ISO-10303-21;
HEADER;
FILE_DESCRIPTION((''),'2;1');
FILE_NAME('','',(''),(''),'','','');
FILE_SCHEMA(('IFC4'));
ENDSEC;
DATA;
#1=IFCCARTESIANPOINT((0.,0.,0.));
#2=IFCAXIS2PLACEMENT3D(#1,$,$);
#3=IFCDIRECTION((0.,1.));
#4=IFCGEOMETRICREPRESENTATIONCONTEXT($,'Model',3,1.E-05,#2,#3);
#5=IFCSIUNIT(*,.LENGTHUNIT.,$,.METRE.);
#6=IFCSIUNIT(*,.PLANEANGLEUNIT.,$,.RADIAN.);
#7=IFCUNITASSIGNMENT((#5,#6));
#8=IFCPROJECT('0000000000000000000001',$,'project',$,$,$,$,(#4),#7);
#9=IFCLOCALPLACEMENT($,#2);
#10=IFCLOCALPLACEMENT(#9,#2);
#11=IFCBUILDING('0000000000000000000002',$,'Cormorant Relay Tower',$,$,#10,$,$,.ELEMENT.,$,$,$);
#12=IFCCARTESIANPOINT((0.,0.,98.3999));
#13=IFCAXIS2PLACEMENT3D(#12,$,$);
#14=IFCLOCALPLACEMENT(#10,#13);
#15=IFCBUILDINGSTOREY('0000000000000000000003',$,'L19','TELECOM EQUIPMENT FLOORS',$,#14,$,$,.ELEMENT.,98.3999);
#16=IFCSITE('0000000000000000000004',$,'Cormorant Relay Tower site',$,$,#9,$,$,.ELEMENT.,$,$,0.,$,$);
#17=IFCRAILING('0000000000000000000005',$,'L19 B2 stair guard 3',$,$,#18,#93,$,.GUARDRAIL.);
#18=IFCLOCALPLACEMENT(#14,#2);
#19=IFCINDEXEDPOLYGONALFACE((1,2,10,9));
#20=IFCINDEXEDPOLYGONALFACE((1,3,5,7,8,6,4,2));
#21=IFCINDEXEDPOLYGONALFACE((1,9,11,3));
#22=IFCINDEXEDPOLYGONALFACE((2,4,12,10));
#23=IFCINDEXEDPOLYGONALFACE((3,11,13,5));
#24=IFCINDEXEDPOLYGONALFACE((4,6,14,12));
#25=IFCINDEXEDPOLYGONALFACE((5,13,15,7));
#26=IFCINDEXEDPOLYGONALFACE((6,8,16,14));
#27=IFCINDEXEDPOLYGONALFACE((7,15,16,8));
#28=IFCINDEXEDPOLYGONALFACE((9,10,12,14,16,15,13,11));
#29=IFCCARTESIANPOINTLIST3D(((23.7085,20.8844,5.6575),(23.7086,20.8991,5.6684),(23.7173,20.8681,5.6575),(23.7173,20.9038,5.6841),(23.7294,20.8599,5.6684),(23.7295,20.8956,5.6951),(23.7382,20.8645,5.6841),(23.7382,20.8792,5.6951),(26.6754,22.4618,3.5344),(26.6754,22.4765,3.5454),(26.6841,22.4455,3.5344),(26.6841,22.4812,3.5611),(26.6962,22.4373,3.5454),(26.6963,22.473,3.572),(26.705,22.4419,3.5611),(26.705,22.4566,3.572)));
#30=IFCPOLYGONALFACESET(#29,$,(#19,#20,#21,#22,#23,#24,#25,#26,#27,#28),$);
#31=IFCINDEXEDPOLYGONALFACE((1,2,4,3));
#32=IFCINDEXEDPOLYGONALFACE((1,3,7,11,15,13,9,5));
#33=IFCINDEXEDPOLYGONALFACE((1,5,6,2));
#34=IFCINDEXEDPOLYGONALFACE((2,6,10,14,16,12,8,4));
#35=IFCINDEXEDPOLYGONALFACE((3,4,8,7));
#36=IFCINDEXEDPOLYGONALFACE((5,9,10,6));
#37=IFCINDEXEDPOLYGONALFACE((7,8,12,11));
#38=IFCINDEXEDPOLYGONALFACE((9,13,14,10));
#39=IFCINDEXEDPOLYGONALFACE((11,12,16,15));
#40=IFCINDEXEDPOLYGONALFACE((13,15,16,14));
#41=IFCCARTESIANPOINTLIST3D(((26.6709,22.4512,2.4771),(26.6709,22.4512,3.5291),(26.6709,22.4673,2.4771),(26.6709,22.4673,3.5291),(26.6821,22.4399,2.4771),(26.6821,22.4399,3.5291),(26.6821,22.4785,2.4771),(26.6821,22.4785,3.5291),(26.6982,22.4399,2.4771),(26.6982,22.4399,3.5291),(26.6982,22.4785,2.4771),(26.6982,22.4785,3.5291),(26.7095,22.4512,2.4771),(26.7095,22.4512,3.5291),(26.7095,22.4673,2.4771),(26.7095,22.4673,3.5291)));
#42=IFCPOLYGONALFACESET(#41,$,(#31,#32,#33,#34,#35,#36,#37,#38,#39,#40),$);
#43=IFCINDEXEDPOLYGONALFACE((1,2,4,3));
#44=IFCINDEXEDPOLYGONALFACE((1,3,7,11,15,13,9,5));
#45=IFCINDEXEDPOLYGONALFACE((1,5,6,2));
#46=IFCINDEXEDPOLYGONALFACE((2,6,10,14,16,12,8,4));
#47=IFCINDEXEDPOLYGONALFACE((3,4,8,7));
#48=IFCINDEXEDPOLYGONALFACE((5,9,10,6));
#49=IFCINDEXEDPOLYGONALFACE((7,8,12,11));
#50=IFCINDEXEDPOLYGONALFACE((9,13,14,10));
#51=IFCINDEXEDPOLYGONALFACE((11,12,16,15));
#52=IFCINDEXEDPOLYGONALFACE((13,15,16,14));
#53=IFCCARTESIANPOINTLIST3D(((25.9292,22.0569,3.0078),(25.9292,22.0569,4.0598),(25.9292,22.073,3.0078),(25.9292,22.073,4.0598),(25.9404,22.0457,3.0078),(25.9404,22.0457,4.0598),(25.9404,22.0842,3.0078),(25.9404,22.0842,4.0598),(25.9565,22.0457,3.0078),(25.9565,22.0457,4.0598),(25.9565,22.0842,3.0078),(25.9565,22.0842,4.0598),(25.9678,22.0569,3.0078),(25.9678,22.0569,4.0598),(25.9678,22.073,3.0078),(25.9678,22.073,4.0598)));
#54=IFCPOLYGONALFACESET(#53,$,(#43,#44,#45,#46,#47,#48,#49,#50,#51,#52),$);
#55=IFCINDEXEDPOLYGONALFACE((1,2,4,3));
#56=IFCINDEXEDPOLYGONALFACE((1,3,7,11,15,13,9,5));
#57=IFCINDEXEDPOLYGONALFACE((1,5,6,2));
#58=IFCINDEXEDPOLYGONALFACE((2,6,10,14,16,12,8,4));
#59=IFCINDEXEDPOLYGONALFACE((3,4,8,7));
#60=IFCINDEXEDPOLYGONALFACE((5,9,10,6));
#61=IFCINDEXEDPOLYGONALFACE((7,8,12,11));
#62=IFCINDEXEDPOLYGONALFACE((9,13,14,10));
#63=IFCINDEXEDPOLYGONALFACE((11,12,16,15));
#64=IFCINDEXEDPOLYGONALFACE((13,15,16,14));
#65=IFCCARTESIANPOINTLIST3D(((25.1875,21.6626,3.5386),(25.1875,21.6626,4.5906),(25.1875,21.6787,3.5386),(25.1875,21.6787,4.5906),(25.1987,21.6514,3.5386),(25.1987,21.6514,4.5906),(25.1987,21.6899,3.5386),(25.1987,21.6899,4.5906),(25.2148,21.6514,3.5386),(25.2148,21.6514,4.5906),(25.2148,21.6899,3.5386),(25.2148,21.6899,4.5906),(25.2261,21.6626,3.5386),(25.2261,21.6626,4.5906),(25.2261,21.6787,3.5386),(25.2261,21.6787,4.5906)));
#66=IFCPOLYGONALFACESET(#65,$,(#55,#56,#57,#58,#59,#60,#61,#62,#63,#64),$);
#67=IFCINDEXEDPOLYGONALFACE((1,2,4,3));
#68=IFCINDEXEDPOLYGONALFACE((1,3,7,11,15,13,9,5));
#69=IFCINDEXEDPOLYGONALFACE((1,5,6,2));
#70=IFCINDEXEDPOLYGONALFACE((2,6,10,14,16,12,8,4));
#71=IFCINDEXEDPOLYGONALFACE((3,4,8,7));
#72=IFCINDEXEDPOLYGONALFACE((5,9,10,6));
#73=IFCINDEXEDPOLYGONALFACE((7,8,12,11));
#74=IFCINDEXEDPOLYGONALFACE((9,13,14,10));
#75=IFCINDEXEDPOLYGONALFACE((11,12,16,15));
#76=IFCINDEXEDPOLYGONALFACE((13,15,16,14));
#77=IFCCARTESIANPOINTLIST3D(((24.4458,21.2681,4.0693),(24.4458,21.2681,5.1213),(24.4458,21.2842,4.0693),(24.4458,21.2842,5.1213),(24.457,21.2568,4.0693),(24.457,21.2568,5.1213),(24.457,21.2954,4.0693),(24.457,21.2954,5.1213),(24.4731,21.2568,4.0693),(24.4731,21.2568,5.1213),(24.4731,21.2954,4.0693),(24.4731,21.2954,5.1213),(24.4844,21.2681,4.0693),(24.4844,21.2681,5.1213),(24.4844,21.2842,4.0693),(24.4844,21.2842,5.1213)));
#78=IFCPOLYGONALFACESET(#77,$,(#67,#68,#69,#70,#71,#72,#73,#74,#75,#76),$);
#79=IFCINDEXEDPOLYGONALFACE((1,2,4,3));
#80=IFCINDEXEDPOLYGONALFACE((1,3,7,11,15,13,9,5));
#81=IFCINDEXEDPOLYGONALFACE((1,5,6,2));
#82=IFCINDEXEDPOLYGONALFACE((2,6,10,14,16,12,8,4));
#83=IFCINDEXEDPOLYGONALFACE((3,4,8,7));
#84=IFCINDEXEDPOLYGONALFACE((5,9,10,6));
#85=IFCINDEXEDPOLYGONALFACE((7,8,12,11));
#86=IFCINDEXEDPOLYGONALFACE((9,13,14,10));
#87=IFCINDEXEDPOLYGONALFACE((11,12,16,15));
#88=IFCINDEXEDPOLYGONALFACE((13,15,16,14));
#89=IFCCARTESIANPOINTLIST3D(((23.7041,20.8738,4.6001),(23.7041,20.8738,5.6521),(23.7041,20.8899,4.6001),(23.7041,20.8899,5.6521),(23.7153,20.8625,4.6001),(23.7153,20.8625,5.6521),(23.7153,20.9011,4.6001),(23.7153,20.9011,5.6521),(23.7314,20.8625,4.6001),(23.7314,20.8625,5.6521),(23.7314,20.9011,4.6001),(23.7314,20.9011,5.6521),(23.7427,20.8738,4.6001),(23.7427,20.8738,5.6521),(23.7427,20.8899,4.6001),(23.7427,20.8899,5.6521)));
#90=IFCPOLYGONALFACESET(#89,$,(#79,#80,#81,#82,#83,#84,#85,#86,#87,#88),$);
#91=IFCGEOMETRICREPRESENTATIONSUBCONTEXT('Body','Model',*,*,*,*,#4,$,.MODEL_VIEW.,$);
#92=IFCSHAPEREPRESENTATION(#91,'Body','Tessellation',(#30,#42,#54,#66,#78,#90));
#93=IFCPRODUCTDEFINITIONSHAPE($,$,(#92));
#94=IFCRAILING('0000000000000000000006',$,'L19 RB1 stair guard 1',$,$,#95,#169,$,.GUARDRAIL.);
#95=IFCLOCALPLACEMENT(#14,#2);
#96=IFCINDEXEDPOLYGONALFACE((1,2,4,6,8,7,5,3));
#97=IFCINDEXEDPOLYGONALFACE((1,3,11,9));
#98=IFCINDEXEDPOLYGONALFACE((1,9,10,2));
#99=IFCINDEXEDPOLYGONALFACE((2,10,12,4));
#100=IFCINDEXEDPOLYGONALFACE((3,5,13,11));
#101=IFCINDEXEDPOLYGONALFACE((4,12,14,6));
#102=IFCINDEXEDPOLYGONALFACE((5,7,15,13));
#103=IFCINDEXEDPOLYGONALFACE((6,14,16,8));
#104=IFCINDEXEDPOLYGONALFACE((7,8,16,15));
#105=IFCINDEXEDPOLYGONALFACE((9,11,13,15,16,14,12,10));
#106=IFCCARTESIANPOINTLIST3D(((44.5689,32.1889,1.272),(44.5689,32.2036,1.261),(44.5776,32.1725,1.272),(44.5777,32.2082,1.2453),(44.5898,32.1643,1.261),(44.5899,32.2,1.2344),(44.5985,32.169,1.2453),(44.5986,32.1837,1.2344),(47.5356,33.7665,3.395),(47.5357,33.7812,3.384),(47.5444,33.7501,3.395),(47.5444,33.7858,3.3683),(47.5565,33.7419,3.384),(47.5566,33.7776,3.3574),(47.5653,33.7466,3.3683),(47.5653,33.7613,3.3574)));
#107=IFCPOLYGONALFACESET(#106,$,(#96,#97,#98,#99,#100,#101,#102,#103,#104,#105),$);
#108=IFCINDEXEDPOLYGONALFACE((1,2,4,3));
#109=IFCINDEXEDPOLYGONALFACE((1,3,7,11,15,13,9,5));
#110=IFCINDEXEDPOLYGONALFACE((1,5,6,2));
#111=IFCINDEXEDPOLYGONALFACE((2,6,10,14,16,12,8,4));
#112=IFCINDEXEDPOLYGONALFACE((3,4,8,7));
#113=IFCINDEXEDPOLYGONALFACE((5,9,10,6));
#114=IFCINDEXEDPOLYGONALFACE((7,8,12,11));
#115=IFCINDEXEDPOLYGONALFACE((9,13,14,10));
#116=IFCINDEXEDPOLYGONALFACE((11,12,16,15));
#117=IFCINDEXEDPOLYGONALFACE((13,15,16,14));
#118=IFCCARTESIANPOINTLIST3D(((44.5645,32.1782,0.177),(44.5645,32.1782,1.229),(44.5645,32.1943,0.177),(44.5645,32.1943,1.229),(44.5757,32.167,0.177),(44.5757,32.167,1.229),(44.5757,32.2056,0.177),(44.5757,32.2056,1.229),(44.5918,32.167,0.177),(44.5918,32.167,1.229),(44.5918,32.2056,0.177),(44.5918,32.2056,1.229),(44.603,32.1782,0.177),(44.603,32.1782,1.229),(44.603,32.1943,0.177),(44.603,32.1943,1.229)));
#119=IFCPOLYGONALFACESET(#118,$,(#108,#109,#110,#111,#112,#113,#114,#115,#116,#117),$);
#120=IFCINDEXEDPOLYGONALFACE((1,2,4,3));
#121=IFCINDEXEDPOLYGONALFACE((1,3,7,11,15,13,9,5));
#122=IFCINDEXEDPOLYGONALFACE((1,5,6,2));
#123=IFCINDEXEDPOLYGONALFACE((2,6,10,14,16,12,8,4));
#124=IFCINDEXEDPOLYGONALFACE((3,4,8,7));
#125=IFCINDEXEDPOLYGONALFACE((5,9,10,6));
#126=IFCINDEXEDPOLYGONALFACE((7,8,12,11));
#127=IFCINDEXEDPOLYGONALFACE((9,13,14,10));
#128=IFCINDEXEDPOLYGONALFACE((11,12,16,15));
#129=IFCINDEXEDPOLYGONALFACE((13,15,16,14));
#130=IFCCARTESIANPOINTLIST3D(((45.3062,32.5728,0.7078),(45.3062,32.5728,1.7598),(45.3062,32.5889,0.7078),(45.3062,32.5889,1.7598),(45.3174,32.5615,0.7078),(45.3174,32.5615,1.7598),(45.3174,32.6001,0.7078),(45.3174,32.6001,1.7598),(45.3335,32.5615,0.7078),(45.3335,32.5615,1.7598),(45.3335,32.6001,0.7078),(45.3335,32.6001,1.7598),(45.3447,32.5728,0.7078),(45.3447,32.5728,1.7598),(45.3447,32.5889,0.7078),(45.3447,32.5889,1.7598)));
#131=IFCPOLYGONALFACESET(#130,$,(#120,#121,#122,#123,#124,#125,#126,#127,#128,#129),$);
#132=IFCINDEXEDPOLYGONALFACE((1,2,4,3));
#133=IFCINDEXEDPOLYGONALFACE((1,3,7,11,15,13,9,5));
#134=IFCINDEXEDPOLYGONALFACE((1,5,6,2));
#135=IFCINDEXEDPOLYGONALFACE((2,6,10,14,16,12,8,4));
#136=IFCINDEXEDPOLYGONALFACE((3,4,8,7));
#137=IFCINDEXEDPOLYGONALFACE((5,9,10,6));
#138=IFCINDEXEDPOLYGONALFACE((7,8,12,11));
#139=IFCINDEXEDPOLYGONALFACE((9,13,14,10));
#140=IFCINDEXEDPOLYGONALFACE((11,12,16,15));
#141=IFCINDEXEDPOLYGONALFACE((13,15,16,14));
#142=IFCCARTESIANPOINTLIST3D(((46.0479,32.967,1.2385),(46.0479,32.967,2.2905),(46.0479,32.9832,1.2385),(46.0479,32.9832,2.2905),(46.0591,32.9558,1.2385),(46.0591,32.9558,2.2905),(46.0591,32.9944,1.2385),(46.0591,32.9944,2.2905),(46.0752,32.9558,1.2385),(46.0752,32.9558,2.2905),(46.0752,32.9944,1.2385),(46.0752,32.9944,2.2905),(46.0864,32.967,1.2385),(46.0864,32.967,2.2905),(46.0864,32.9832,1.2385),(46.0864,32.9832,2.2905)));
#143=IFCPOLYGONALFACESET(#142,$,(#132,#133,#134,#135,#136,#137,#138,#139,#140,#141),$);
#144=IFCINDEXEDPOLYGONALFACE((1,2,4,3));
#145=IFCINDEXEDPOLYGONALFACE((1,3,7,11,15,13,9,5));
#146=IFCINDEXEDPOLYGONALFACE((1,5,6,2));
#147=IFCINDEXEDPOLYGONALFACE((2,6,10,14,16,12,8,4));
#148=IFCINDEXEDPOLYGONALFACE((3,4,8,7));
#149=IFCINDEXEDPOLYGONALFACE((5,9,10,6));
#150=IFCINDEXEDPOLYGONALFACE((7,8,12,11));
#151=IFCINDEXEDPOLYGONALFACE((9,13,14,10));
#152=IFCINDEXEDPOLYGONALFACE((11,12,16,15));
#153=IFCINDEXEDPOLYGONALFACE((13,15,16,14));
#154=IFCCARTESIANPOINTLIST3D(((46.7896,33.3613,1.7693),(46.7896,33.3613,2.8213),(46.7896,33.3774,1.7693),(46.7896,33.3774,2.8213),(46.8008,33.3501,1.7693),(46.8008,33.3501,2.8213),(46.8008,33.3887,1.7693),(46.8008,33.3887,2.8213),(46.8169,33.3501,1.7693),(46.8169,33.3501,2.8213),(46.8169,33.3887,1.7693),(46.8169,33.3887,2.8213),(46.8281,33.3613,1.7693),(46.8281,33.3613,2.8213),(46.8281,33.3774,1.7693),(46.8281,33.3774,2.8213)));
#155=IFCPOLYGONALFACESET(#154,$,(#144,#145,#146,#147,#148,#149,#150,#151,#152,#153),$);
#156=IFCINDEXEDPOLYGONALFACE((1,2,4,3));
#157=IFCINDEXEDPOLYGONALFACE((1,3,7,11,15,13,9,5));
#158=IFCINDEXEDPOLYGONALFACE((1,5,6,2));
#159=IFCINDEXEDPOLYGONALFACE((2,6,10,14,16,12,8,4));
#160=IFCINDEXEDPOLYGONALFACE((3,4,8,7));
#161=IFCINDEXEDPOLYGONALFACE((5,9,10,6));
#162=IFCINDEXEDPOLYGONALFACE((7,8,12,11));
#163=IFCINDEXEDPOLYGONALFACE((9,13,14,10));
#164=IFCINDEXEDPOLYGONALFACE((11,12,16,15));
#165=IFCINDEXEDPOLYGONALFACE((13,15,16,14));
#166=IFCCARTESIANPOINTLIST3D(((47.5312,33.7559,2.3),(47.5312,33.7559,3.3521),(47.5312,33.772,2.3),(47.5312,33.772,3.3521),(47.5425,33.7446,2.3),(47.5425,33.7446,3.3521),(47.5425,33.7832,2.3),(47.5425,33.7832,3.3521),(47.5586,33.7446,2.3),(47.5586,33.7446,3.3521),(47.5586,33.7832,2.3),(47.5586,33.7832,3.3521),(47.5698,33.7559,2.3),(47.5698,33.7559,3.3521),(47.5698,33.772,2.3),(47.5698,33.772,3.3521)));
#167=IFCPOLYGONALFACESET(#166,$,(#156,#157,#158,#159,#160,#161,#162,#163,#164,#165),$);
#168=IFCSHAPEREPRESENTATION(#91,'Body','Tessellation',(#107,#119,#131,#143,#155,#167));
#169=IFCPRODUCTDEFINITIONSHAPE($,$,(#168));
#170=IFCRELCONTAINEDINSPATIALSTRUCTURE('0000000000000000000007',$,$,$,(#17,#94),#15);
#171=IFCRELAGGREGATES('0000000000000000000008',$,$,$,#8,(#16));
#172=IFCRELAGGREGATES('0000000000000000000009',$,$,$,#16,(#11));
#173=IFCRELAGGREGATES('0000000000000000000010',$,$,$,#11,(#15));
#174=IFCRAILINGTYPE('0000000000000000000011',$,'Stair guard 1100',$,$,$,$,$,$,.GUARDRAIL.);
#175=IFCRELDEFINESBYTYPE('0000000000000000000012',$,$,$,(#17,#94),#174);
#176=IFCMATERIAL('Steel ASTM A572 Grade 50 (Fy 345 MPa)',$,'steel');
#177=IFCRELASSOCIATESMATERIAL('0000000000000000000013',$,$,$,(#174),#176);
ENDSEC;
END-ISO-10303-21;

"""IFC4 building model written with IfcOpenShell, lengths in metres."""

from ifc_helpers import new_model, si_unit, direction, frame, origin, place, context, subcontext, project, spatial, polyline, outline, extrude, material, type_object, element, save


model = new_model("IFC4")

# Units and contexts
model_context = context("Model", 3, precision=1e-05, world=origin(), true_north=direction((0.0, 1.0)))
body_context = subcontext(model_context, "Body", "Model", "MODEL_VIEW")
ifc_project = project(units=[si_unit("LENGTHUNIT", "METRE"), si_unit("PLANEANGLEUNIT", "RADIAN")], contexts=[model_context])

# Site, building, storey
site_placement = place(None, origin())
site = spatial("IfcSite", under=ifc_project, at=site_placement, Name="Cormorant Relay Tower site", CompositionType="ELEMENT", RefElevation=0.0)
building_placement = place(site_placement, origin())
building = spatial("IfcBuilding", under=site, at=building_placement, Name="Cormorant Relay Tower", CompositionType="ELEMENT")
storey_placement = place(building_placement, frame((0.0, 0.0, 98.3999)))
storey = spatial("IfcBuildingStorey", under=building, at=storey_placement, Name="L19", Description="TELECOM EQUIPMENT FLOORS", CompositionType="ELEMENT", Elevation=98.3999)

# Railings
ifc_material_1 = material(Name="Steel ASTM A572 Grade 50 (Fy 345 MPa)", Category="steel")
railing_type = type_object("IfcRailingType", Name="Stair guard 1100", PredefinedType="GUARDRAIL", material=ifc_material_1)
railing_1_placement = place(storey_placement, frame((26.6902, 22.4592, 2.4771)))
element("IfcRailing", 1, at=railing_1_placement, inside=storey, type_object=railing_type, Name="L19 B2 stair guard 3", PredefinedType="GUARDRAIL", context=body_context, shape_type="SweptSolid", body=[
    extrude(outline(polyline([(0.0222, 0.0093), (0.0093, 0.0222), (-0.0093, 0.0222), (-0.0222, 0.0093), (-0.0222, -0.0093), (-0.0093, -0.0222), (0.0093, -0.0222), (0.0222, -0.0093), (0.0222, 0.0093)])), frame((0.0, 0.0, 1.0762), z_axis=(-0.746441, -0.396869, 0.534155), x_axis=(0.469453, -0.882958, 0.0)), (0.0, 0.0, 1.0), 3.9746),
    extrude(outline(polyline([(0.0193, 0.0081), (0.0081, 0.0193), (-0.0081, 0.0193), (-0.0193, 0.0081), (-0.0193, -0.0081), (-0.0081, -0.0193), (0.0081, -0.0193), (0.0193, -0.0081), (0.0193, 0.0081)])), origin(), (0.0, 0.0, 1.0), 1.052),
    extrude(outline(polyline([(0.0193, 0.0081), (0.0081, 0.0193), (-0.0081, 0.0193), (-0.0193, 0.0081), (-0.0193, -0.0081), (-0.0081, -0.0193), (0.0081, -0.0193), (0.0193, -0.0081), (0.0193, 0.0081)])), frame((-0.7417, -0.3943, 0.5308)), (0.0, 0.0, 1.0), 1.052),
    extrude(outline(polyline([(0.0193, 0.0081), (0.0081, 0.0193), (-0.0081, 0.0193), (-0.0193, 0.0081), (-0.0193, -0.0081), (-0.0081, -0.0193), (0.0081, -0.0193), (0.0193, -0.0081), (0.0193, 0.0081)])), frame((-1.4834, -0.7886, 1.0615)), (0.0, 0.0, 1.0), 1.052),
    extrude(outline(polyline([(0.0193, 0.0081), (0.0081, 0.0193), (-0.0081, 0.0193), (-0.0193, 0.0081), (-0.0193, -0.0081), (-0.0081, -0.0193), (0.0081, -0.0193), (0.0193, -0.0081), (0.0193, 0.0081)])), frame((-2.2251, -1.1831, 1.5923)), (0.0, 0.0, 1.0), 1.052),
    extrude(outline(polyline([(0.0193, 0.0081), (0.0081, 0.0193), (-0.0081, 0.0193), (-0.0193, 0.0081), (-0.0193, -0.0081), (-0.0081, -0.0193), (0.0081, -0.0193), (0.0193, -0.0081), (0.0193, 0.0081)])), frame((-2.9668, -1.5774, 2.123)), (0.0, 0.0, 1.0), 1.052),
])
railing_2_placement = place(storey_placement, frame((44.5837, 32.1863, 0.177)))
element("IfcRailing", 2, at=railing_2_placement, inside=storey, type_object=railing_type, Name="L19 RB1 stair guard 1", PredefinedType="GUARDRAIL", context=body_context, shape_type="SweptSolid", body=[
    extrude(outline(polyline([(0.0222, 0.0093), (0.0093, 0.0222), (-0.0093, 0.0222), (-0.0222, 0.0093), (-0.0222, -0.0093), (-0.0093, -0.0222), (0.0093, -0.0222), (0.0222, -0.0093), (0.0222, 0.0093)])), frame((0.0, 0.0, 1.0762), z_axis=(0.746422, 0.396921, 0.534142), x_axis=(-0.469509, 0.882928, 0.0)), (0.0, 0.0, 1.0), 3.9746),
    extrude(outline(polyline([(0.0193, 0.0081), (0.0081, 0.0193), (-0.0081, 0.0193), (-0.0193, 0.0081), (-0.0193, -0.0081), (-0.0081, -0.0193), (0.0081, -0.0193), (0.0193, -0.0081), (0.0193, 0.0081)])), origin(), (0.0, 0.0, 1.0), 1.052),
    extrude(outline(polyline([(0.0193, 0.0081), (0.0081, 0.0193), (-0.0081, 0.0193), (-0.0193, 0.0081), (-0.0193, -0.0081), (-0.0081, -0.0193), (0.0081, -0.0193), (0.0193, -0.0081), (0.0193, 0.0081)])), frame((0.7417, 0.3945, 0.5308)), (0.0, 0.0, 1.0), 1.052),
    extrude(outline(polyline([(0.0193, 0.0081), (0.0081, 0.0193), (-0.0081, 0.0193), (-0.0193, 0.0081), (-0.0193, -0.0081), (-0.0081, -0.0193), (0.0081, -0.0193), (0.0193, -0.0081), (0.0193, 0.0081)])), frame((1.4834, 0.7888, 1.0615)), (0.0, 0.0, 1.0), 1.052),
    extrude(outline(polyline([(0.0193, 0.0081), (0.0081, 0.0193), (-0.0081, 0.0193), (-0.0193, 0.0081), (-0.0193, -0.0081), (-0.0081, -0.0193), (0.0081, -0.0193), (0.0193, -0.0081), (0.0193, 0.0081)])), frame((2.2251, 1.1831, 1.5923)), (0.0, 0.0, 1.0), 1.052),
    extrude(outline(polyline([(0.0193, 0.0081), (0.0081, 0.0193), (-0.0081, 0.0193), (-0.0193, 0.0081), (-0.0193, -0.0081), (-0.0081, -0.0193), (0.0081, -0.0193), (0.0193, -0.0081), (0.0193, 0.0081)])), frame((2.9668, 1.5776, 2.123)), (0.0, 0.0, 1.0), 1.052),
])

save(model, "model.ifc")
